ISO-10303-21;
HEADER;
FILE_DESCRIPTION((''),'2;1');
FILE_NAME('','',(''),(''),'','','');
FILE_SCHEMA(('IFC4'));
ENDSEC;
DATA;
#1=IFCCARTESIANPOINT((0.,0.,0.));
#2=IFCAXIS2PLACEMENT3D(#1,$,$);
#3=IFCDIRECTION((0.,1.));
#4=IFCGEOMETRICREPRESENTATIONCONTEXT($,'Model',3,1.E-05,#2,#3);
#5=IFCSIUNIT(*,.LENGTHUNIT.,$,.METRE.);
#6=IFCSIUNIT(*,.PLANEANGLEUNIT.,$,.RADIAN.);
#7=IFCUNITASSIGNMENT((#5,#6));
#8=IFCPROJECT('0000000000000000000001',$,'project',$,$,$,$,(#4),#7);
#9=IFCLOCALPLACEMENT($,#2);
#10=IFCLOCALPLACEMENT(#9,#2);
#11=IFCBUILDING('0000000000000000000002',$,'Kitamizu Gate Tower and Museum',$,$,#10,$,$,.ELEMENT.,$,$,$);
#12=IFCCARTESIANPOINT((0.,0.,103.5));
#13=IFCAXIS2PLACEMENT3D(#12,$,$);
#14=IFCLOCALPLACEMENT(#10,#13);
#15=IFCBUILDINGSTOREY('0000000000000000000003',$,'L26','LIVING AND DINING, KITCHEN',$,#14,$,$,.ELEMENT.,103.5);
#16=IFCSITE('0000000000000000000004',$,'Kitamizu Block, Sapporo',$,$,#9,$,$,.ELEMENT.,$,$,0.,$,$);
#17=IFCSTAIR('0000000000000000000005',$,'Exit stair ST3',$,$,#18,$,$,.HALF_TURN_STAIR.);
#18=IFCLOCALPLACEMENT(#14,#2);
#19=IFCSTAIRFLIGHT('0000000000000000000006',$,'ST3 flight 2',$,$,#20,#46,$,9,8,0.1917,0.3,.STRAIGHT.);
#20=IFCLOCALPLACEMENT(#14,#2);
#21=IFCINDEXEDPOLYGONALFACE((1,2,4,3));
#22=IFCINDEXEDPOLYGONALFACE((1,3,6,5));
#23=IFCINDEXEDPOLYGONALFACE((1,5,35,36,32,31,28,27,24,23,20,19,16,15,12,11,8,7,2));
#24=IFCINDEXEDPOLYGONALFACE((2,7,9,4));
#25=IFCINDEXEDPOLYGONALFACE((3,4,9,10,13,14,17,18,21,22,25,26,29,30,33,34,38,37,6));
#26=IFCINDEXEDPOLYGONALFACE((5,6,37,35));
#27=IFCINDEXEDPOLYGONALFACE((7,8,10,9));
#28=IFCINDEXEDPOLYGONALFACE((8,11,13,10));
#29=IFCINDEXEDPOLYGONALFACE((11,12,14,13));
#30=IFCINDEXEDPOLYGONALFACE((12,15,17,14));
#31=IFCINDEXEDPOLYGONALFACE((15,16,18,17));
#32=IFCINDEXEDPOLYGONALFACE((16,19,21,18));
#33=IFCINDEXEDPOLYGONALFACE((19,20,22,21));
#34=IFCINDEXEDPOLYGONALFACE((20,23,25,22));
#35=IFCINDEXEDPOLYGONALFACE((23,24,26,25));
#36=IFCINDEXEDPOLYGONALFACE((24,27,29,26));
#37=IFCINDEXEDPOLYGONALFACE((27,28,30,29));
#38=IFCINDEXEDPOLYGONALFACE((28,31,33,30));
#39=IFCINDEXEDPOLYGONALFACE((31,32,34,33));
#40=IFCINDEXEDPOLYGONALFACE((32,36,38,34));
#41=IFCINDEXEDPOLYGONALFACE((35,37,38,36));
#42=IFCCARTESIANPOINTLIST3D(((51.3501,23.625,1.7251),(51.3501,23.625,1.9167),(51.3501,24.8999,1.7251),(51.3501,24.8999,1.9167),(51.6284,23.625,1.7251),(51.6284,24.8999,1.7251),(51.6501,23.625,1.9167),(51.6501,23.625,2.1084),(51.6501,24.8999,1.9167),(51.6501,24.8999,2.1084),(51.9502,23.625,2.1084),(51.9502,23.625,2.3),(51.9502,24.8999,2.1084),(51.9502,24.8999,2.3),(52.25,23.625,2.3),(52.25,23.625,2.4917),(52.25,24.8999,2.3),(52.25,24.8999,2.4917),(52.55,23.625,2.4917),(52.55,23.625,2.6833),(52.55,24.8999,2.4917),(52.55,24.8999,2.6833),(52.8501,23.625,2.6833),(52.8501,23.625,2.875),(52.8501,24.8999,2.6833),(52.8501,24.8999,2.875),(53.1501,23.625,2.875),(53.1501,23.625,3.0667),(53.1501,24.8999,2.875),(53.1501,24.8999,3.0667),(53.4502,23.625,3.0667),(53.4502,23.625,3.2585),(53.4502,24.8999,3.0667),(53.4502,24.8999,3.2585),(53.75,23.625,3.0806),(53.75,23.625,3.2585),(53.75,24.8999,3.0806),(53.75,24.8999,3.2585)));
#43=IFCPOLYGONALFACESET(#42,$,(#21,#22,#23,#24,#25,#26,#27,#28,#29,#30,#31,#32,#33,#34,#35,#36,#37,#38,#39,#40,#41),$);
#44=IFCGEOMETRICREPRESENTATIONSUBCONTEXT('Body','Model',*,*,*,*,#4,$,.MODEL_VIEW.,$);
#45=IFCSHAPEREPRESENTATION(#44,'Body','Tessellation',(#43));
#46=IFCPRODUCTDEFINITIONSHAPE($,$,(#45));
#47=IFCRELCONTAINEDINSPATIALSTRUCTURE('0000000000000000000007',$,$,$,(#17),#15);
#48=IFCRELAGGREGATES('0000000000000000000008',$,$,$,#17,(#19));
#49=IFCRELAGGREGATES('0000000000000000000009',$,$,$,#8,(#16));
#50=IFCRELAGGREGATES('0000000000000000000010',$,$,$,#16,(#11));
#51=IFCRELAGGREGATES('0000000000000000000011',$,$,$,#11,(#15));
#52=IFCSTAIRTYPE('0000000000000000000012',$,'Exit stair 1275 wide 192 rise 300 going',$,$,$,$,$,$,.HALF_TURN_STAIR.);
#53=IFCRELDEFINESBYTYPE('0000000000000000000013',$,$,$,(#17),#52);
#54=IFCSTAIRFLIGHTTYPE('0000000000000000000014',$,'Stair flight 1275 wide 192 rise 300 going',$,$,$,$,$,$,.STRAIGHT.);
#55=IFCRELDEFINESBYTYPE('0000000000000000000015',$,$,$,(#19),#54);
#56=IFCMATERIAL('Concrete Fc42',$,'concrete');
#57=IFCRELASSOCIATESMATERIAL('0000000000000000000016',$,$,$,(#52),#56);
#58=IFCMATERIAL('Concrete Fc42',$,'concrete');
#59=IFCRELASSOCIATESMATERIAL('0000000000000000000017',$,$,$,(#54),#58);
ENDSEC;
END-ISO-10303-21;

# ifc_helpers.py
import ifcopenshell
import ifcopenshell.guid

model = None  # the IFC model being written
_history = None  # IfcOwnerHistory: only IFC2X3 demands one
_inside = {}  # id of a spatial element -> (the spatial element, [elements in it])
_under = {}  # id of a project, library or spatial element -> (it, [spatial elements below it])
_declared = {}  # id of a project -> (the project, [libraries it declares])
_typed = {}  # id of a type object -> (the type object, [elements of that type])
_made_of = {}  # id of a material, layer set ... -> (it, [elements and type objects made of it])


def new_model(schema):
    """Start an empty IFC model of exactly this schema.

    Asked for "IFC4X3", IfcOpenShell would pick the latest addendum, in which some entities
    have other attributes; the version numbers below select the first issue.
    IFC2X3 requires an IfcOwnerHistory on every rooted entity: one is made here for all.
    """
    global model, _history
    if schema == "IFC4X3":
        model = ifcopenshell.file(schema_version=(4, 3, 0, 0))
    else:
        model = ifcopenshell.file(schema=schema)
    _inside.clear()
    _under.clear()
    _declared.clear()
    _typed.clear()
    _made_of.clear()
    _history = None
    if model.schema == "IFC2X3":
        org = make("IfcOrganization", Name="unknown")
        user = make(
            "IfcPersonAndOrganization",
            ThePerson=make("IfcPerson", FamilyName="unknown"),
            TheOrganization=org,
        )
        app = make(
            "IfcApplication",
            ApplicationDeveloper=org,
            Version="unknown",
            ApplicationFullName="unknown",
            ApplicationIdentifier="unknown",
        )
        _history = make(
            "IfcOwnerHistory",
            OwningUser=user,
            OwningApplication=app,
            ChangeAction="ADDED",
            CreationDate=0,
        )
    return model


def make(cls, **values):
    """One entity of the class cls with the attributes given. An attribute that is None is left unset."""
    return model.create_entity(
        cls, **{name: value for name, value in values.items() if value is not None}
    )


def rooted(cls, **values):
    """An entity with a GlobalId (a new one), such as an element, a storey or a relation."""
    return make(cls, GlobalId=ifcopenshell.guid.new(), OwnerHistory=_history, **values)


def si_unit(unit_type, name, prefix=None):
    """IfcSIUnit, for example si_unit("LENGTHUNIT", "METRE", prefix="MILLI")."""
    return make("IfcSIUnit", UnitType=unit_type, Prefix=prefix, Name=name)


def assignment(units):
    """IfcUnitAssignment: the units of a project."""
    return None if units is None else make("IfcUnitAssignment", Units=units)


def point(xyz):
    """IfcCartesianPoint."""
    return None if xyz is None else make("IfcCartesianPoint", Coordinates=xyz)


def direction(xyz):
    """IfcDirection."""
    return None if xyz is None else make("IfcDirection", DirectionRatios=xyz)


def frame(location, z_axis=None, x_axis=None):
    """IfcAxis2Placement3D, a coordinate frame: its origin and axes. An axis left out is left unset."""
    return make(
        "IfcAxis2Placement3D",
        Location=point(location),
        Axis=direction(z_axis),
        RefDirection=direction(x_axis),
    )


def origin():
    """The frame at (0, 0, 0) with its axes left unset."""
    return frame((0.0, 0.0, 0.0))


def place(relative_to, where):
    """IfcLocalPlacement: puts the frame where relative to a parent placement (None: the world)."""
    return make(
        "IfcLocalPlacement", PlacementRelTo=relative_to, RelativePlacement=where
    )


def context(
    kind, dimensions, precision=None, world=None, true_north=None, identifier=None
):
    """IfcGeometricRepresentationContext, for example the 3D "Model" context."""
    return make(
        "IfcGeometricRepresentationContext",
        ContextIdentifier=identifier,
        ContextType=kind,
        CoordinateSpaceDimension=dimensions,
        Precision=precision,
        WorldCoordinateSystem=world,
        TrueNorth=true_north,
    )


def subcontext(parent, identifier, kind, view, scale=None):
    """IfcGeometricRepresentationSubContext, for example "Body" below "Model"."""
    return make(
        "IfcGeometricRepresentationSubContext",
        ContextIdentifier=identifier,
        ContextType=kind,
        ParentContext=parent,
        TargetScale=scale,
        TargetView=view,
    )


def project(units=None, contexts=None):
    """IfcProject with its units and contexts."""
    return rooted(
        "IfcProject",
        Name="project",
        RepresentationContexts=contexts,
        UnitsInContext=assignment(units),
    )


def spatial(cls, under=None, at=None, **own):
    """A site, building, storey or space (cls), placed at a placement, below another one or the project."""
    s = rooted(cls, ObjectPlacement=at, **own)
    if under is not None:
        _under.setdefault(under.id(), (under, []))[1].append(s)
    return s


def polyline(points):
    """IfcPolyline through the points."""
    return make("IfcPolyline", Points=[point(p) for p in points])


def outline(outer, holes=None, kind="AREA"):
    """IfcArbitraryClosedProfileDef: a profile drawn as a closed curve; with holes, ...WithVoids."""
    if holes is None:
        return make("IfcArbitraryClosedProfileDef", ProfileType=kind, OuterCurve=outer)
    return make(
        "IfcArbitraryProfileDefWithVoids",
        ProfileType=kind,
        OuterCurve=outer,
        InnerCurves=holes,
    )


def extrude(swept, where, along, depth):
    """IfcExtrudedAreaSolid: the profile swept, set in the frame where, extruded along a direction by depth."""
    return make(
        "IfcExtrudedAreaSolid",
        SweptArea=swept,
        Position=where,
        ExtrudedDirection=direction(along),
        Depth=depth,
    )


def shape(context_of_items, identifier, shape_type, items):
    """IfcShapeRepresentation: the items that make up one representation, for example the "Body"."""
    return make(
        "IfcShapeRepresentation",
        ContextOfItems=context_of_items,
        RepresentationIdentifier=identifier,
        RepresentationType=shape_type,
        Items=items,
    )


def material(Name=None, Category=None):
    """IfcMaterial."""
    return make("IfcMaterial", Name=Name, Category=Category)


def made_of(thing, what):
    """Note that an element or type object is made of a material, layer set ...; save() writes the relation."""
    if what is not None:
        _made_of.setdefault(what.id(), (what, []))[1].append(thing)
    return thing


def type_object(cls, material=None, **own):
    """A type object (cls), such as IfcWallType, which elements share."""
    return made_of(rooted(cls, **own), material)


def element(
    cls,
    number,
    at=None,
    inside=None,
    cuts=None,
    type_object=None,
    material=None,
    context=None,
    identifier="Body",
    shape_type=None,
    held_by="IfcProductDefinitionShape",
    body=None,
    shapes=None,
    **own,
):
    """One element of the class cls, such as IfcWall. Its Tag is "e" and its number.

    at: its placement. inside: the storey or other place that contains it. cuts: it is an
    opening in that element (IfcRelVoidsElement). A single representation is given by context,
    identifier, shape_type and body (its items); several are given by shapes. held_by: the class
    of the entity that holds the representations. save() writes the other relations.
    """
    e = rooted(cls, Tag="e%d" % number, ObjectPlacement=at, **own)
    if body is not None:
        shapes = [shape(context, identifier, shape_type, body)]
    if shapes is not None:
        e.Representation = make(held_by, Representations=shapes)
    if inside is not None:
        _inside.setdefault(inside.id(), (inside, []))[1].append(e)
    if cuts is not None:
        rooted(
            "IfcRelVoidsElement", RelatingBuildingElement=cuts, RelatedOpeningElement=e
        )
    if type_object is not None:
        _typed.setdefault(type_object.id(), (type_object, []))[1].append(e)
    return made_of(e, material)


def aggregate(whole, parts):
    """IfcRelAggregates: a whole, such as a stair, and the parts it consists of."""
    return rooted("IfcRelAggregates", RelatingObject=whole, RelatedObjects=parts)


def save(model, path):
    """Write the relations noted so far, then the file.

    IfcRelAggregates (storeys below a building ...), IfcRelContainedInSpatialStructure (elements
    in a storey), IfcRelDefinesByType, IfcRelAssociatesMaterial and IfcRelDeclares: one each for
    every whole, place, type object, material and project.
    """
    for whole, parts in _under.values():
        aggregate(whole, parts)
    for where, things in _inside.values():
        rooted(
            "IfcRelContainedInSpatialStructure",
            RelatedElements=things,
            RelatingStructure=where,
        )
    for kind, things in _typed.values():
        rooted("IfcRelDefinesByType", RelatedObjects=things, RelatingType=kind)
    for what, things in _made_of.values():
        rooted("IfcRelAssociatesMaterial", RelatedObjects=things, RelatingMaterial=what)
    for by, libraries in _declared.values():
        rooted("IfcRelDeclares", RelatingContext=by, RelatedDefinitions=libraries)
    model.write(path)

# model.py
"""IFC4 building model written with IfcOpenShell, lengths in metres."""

from ifc_helpers import new_model, si_unit, direction, frame, origin, place, context, subcontext, project, spatial, polyline, outline, extrude, material, type_object, element, aggregate, save


model = new_model("IFC4")

# Units and contexts
model_context = context("Model", 3, precision=1e-05, world=origin(), true_north=direction((0.0, 1.0)))
body_context = subcontext(model_context, "Body", "Model", "MODEL_VIEW")
ifc_project = project(units=[si_unit("LENGTHUNIT", "METRE"), si_unit("PLANEANGLEUNIT", "RADIAN")], contexts=[model_context])

# Site, building, storey
site_placement = place(None, origin())
site = spatial("IfcSite", under=ifc_project, at=site_placement, Name="Kitamizu Block, Sapporo", CompositionType="ELEMENT", RefElevation=0.0)
building_placement = place(site_placement, origin())
building = spatial("IfcBuilding", under=site, at=building_placement, Name="Kitamizu Gate Tower and Museum", CompositionType="ELEMENT")
storey_placement = place(building_placement, frame((0.0, 0.0, 103.5)))
storey = spatial("IfcBuildingStorey", under=building, at=storey_placement, Name="L26", Description="LIVING AND DINING, KITCHEN", CompositionType="ELEMENT", Elevation=103.5)

# Stair, stair flight
ifc_material_1 = material(Name="Concrete Fc42", Category="concrete")
stair_type = type_object("IfcStairType", Name="Exit stair 1275 wide 192 rise 300 going", PredefinedType="HALF_TURN_STAIR", material=ifc_material_1)
stair_placement = place(storey_placement, origin())
stair = element("IfcStair", 1, at=stair_placement, inside=storey, type_object=stair_type, Name="Exit stair ST3", PredefinedType="HALF_TURN_STAIR")
ifc_material_2 = material(Name="Concrete Fc42", Category="concrete")
stair_flight_type = type_object("IfcStairFlightType", Name="Stair flight 1275 wide 192 rise 300 going", PredefinedType="STRAIGHT", material=ifc_material_2)
stair_flight_1_placement = place(storey_placement, frame((51.3501, 24.2625, 1.7251), z_axis=(0.0, 0.0, 1.0), x_axis=(1.0, 0.0, 0.0)))
stair_flight_1 = element("IfcStairFlight", 2, at=stair_flight_1_placement, type_object=stair_flight_type, Name="ST3 flight 2", NumberOfRisers=9, NumberOfTreads=8, PredefinedType="STRAIGHT", RiserHeight=0.1917, TreadLength=0.3, context=body_context, shape_type="SweptSolid", body=[
    extrude(outline(polyline([(0.0, 0.0), (0.0, 0.1917), (0.3, 0.1917), (0.3, 0.3833), (0.6001, 0.3833), (0.6001, 0.575), (0.8999, 0.575), (0.8999, 0.7666), (1.2, 0.7666), (1.2, 0.9583), (1.5, 0.9583), (1.5, 1.1499), (1.8, 1.1499), (1.8, 1.3416), (2.1001, 1.3416), (2.1001, 1.5334), (2.3999, 1.5334), (2.3999, 1.7251), (2.3999, 1.3555), (0.2783, 0.0), (0.0, 0.0)])), frame((0.0, 0.6375, 0.0), z_axis=(0.0, -1.0, 0.0), x_axis=(1.0, 0.0, 0.0)), (0.0, 0.0, 1.0), 1.2749),
])
aggregate(stair, [stair_flight_1])

save(model, "model.ifc")
